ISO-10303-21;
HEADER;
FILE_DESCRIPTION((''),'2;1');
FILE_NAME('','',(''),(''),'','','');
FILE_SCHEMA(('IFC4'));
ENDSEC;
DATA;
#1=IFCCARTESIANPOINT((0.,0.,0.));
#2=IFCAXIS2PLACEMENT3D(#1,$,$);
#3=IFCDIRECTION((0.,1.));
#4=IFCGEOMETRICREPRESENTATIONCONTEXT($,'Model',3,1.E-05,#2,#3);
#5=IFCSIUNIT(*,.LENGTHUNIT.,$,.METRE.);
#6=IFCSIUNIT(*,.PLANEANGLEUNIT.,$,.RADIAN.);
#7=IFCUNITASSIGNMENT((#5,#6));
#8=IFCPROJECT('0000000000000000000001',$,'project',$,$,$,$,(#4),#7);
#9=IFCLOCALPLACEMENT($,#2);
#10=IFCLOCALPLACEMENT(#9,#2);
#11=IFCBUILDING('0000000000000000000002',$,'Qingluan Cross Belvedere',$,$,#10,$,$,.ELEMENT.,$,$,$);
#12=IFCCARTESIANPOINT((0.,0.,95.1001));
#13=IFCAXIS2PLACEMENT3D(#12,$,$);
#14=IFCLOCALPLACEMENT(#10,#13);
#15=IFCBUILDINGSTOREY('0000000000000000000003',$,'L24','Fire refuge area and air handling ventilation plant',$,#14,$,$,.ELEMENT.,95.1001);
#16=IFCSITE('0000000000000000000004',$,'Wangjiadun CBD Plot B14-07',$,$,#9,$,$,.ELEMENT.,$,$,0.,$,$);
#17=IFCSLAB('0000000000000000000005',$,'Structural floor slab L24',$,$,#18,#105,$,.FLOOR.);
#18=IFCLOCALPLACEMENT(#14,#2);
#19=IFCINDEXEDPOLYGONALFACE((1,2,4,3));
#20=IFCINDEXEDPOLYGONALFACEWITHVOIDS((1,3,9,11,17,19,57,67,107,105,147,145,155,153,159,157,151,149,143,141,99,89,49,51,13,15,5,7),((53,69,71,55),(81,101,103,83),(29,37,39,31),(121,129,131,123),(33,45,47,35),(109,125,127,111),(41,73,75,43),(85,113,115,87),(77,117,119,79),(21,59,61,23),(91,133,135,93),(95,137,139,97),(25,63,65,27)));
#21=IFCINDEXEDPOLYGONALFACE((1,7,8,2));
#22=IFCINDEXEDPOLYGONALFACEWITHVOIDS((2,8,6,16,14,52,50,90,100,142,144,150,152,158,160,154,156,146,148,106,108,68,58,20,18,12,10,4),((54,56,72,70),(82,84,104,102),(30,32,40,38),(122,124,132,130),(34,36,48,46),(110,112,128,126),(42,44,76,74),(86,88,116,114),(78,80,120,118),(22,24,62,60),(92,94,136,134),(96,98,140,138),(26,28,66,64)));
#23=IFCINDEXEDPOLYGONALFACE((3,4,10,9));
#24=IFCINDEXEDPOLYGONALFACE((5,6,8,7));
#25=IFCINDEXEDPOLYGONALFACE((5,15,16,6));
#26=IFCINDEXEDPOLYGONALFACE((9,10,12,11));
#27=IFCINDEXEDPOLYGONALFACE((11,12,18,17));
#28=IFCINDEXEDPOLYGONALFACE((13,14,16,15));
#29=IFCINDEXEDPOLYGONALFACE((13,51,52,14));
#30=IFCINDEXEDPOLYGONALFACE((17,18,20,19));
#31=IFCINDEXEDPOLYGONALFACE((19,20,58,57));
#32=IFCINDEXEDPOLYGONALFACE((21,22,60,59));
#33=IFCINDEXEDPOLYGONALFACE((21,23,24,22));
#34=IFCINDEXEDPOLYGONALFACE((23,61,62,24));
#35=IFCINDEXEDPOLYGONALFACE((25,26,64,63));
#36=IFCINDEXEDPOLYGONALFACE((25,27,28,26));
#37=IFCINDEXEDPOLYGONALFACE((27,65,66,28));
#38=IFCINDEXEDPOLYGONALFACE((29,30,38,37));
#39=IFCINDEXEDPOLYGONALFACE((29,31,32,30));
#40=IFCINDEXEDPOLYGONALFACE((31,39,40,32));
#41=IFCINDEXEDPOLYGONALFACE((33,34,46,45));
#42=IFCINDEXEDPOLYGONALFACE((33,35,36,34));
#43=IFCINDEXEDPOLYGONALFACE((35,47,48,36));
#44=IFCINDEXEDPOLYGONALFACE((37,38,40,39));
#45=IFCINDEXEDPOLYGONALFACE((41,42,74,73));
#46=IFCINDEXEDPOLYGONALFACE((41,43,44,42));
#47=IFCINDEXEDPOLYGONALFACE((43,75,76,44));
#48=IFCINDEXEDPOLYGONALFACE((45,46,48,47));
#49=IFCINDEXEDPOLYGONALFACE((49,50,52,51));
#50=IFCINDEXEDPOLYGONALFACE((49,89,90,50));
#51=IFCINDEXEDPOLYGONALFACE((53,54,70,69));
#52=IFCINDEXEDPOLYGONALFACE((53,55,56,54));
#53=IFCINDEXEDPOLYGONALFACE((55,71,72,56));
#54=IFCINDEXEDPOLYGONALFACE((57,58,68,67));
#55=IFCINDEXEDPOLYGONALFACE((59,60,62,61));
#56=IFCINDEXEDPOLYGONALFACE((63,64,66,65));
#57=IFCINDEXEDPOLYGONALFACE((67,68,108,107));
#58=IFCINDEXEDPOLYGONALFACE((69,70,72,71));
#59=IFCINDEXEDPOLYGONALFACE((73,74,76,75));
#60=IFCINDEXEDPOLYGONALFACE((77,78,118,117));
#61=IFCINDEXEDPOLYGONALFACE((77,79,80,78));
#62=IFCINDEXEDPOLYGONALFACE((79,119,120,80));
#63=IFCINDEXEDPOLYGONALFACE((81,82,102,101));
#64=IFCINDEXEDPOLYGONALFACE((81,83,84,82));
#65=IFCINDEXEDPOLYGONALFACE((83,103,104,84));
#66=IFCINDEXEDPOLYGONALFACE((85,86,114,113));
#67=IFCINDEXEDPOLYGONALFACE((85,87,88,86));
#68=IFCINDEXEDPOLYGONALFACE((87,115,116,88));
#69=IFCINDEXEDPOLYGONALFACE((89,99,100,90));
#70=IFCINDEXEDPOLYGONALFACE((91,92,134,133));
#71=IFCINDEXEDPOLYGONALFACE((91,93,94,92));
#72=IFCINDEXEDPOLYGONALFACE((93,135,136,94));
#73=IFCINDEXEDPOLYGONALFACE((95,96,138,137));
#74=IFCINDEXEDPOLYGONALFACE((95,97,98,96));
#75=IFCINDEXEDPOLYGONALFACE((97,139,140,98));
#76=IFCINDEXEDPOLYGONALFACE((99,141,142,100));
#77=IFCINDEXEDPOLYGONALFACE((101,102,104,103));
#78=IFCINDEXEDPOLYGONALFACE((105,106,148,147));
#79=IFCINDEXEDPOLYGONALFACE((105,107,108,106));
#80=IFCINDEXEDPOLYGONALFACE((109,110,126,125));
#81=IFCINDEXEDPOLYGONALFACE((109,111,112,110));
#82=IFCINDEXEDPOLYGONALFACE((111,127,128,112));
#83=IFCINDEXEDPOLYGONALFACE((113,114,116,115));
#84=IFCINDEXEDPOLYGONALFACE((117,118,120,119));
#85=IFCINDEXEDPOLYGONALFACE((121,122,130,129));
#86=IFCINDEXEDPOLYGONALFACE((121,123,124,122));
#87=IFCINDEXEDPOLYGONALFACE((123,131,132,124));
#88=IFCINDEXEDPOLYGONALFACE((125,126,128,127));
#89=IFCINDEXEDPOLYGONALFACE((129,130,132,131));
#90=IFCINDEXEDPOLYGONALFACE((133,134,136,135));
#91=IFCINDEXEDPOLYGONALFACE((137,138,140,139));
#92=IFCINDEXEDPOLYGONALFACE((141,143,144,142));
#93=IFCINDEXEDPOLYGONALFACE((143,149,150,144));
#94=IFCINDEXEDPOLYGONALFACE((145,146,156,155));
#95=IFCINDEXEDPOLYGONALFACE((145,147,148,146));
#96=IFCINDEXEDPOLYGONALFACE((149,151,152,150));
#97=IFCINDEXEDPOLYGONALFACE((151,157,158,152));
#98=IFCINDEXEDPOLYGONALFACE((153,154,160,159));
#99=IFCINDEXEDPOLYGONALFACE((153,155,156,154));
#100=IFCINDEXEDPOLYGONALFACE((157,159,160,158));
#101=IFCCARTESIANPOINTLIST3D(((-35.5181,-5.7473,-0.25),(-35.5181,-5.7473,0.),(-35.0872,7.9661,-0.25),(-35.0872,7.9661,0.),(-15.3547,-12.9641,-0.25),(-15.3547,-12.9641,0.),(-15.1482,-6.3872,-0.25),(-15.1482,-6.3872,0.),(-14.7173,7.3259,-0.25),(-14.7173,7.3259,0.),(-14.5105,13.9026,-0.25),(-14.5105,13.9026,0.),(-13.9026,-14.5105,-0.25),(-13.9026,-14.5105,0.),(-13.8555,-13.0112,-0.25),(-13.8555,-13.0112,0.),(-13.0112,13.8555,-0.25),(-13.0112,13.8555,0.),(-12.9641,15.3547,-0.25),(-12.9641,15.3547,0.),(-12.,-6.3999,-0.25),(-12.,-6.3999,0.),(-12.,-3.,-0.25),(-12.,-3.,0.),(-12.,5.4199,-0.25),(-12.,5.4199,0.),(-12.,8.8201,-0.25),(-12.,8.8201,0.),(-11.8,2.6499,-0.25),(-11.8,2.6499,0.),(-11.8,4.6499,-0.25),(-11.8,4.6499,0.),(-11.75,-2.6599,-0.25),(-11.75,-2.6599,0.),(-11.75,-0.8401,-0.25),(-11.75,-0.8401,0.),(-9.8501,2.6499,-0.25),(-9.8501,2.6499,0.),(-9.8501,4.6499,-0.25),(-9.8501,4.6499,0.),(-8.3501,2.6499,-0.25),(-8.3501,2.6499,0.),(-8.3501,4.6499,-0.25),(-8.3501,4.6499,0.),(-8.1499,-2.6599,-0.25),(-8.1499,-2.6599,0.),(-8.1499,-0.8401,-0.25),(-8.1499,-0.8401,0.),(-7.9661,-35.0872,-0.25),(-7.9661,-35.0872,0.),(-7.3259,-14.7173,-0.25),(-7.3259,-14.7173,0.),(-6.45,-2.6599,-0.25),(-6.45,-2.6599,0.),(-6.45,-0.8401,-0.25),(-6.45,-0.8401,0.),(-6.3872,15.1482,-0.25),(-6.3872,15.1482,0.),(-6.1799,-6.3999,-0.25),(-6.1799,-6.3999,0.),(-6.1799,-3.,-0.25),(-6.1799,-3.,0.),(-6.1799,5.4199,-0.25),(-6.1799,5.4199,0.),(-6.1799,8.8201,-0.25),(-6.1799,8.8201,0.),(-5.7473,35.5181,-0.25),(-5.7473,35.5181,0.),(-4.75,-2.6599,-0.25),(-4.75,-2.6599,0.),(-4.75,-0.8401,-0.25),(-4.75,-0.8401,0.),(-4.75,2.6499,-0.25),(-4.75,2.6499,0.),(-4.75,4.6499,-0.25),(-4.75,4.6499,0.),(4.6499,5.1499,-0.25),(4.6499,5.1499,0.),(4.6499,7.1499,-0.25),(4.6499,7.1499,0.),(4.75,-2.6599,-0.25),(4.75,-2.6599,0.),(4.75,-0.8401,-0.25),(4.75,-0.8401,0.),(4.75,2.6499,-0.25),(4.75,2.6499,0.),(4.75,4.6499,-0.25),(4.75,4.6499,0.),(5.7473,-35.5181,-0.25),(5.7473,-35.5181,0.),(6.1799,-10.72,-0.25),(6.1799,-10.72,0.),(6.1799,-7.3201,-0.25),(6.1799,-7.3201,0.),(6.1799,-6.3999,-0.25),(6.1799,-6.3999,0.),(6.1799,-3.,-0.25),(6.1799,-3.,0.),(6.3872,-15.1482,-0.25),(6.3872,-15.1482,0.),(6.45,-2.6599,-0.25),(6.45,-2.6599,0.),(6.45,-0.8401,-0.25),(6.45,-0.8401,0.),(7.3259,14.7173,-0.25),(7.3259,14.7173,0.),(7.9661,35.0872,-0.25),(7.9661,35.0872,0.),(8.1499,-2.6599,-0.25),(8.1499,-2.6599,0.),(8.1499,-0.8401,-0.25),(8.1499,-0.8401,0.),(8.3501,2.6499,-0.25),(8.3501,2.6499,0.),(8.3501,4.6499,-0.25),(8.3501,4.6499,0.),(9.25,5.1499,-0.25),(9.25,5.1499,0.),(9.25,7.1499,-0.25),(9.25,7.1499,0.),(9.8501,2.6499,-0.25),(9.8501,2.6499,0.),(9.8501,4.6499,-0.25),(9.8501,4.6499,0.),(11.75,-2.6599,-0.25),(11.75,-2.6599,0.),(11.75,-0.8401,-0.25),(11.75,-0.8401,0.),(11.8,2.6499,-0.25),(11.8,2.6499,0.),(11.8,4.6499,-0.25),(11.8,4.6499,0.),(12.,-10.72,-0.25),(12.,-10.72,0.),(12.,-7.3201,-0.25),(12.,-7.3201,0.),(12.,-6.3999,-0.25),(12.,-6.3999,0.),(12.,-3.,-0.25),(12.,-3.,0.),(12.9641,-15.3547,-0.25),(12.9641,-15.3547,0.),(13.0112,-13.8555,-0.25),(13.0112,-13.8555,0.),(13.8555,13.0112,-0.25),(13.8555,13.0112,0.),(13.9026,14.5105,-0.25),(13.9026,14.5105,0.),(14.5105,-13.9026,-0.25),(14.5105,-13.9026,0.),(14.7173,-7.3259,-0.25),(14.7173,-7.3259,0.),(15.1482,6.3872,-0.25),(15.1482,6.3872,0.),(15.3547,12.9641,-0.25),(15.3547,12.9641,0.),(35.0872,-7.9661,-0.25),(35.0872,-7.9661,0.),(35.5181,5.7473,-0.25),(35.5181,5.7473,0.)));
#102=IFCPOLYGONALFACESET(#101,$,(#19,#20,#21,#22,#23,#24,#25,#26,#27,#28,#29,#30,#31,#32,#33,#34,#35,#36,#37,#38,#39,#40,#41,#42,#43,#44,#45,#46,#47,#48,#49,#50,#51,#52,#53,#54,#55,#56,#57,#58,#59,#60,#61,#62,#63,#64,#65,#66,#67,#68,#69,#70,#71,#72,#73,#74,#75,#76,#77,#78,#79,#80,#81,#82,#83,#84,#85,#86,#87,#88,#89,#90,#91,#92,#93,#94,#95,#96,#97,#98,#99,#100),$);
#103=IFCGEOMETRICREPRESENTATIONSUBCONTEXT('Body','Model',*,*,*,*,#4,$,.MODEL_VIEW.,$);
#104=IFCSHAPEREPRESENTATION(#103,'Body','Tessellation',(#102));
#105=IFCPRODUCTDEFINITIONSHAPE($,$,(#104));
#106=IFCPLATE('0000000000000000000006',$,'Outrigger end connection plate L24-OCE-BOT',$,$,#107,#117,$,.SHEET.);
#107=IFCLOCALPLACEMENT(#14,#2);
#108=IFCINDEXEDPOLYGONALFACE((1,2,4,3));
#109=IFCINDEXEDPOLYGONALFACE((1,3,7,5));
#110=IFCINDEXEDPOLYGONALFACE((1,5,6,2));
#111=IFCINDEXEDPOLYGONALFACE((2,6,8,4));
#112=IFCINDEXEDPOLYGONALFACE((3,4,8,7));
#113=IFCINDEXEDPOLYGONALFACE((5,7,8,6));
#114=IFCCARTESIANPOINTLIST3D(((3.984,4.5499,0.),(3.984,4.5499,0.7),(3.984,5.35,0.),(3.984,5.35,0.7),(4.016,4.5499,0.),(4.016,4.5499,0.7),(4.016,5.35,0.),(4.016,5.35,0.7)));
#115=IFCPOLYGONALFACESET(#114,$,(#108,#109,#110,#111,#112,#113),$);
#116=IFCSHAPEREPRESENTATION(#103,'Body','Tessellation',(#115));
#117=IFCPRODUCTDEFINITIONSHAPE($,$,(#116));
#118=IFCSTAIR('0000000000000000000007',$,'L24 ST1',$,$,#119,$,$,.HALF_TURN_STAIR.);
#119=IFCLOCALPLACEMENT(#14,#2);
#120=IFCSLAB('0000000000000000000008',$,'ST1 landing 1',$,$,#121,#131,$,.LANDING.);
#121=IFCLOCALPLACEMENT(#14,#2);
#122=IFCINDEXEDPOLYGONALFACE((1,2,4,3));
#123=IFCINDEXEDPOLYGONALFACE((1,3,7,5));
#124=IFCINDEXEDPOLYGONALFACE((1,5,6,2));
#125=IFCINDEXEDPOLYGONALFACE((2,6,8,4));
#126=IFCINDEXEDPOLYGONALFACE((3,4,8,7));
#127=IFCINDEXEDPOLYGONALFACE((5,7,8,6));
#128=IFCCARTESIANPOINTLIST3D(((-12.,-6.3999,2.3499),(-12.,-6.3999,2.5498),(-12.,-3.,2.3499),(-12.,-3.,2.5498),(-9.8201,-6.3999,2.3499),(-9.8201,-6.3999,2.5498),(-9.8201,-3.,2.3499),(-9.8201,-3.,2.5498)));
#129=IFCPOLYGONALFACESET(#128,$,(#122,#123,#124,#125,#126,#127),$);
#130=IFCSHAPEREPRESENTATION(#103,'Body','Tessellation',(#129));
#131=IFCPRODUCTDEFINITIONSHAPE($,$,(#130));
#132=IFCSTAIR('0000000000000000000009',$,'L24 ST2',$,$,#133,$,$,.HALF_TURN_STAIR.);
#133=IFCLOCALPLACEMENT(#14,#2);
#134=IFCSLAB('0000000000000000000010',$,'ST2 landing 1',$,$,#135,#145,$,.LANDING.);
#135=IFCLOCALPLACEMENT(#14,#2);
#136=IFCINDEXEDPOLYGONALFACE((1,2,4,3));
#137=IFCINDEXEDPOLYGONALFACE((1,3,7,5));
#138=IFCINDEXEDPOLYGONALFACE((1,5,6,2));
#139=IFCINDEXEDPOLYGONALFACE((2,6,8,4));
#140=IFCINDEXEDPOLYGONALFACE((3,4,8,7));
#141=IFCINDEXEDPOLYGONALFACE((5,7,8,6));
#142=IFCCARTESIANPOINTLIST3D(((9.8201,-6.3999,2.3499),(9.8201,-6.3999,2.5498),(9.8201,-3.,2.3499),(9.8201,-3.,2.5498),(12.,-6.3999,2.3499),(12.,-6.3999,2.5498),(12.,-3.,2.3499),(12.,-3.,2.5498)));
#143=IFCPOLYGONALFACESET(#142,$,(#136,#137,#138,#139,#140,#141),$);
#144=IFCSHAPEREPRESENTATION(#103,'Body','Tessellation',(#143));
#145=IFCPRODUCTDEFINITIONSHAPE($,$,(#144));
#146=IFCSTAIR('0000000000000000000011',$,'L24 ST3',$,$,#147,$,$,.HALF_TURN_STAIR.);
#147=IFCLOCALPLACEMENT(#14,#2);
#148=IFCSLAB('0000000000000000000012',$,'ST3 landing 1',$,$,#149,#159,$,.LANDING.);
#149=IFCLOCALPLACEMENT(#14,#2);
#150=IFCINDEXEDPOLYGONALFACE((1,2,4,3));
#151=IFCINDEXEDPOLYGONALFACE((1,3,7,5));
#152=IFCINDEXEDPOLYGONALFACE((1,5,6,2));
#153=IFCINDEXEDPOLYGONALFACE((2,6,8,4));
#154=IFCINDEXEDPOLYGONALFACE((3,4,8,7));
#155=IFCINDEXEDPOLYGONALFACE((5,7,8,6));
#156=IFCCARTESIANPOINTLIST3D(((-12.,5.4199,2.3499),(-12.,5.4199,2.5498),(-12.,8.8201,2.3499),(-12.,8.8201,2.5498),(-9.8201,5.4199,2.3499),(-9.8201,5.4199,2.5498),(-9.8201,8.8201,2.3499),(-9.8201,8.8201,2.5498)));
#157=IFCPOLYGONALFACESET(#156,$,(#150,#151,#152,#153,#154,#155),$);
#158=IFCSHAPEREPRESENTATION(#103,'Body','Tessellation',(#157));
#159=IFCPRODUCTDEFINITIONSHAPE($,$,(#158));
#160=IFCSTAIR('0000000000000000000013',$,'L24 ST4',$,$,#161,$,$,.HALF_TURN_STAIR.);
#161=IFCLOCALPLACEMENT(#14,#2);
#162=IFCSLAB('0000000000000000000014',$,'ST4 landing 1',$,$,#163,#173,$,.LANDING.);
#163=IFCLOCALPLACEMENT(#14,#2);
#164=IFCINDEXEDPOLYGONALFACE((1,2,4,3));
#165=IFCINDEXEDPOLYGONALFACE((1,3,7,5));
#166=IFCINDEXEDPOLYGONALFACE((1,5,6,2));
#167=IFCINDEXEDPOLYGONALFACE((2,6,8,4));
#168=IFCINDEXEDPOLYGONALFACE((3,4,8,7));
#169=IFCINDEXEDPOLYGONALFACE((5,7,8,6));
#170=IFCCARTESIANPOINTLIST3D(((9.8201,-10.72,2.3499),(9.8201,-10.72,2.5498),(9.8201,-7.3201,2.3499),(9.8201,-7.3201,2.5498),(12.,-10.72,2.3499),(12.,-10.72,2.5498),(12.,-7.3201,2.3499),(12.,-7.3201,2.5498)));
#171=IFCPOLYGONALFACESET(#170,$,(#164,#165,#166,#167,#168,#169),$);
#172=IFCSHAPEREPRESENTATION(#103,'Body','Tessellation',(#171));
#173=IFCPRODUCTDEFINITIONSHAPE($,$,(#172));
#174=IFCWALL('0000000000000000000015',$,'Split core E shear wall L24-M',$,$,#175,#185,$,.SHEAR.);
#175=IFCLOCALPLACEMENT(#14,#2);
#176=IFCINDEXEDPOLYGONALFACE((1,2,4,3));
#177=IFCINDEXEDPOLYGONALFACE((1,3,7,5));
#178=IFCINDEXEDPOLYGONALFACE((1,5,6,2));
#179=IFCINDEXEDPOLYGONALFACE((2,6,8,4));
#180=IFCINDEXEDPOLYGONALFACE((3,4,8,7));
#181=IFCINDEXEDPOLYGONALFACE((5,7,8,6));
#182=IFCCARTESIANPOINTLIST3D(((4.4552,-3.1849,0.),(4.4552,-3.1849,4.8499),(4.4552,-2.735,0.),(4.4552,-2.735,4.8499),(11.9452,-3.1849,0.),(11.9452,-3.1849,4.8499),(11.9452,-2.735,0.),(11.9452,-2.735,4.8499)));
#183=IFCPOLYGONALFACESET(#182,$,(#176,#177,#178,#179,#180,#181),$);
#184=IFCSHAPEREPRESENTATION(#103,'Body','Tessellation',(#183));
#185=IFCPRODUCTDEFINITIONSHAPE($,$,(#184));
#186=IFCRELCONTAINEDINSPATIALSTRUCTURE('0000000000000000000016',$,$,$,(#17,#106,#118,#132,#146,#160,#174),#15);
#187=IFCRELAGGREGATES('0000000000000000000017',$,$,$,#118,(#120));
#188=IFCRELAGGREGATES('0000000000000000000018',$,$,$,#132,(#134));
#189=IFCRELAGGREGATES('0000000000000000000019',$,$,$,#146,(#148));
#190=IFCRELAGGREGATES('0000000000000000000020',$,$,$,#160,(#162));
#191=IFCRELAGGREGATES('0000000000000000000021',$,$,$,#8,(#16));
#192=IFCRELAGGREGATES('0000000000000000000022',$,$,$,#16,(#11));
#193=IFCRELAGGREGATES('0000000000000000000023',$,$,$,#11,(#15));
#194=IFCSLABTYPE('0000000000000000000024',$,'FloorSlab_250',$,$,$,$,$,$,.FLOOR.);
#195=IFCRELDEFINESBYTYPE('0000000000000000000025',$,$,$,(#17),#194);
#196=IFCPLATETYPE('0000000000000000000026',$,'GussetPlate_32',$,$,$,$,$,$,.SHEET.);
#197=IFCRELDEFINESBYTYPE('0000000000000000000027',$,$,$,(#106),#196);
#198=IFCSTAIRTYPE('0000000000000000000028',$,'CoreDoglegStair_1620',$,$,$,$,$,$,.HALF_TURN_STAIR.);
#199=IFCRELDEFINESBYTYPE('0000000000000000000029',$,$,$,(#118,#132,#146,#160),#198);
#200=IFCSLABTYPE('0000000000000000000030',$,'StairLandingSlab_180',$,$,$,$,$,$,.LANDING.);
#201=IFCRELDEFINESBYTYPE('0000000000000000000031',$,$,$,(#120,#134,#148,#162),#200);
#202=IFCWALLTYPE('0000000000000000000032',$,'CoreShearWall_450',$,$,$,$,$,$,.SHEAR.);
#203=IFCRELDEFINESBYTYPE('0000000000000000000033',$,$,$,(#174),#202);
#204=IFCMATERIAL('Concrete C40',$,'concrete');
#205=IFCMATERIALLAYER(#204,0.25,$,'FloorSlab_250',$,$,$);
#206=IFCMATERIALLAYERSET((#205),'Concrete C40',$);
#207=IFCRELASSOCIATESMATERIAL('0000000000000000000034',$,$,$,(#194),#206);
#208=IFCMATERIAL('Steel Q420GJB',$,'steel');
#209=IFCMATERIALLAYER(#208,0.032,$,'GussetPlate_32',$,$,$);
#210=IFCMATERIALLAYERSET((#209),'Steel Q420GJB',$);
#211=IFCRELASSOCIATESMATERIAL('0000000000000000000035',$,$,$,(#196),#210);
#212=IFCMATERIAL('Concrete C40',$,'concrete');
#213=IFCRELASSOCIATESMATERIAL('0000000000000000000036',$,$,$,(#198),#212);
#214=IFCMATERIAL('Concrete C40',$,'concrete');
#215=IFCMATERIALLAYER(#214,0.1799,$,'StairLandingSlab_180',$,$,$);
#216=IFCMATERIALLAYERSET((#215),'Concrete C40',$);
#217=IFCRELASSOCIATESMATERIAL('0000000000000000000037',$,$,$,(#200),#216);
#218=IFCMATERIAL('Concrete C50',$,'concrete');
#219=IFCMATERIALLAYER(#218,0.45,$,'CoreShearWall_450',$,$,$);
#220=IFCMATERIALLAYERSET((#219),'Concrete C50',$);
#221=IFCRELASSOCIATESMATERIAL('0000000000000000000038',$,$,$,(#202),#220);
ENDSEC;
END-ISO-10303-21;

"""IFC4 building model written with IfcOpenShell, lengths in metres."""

from ifc_helpers import new_model, si_unit, direction, frame, frame_2d, origin, origin_2d, place, context, subcontext, project, spatial, polyline, rectangle, outline, extrude, material, layer, layer_set, type_object, element, aggregate, save


model = new_model("IFC4")

# Units and contexts
model_context = context("Model", 3, precision=1e-05, world=origin(), true_north=direction((0.0, 1.0)))
body_context = subcontext(model_context, "Body", "Model", "MODEL_VIEW")
ifc_project = project(units=[si_unit("LENGTHUNIT", "METRE"), si_unit("PLANEANGLEUNIT", "RADIAN")], contexts=[model_context])

# Site, building, storey
site_placement = place(None, origin())
site = spatial("IfcSite", under=ifc_project, at=site_placement, Name="Wangjiadun CBD Plot B14-07", CompositionType="ELEMENT", RefElevation=0.0)
building_placement = place(site_placement, origin())
building = spatial("IfcBuilding", under=site, at=building_placement, Name="Qingluan Cross Belvedere", CompositionType="ELEMENT")
storey_placement = place(building_placement, frame((0.0, 0.0, 95.1001)))
storey = spatial("IfcBuildingStorey", under=building, at=storey_placement, Name="L24", Description="Fire refuge area and air handling ventilation plant", CompositionType="ELEMENT", Elevation=95.1001)

# Slab
ifc_material_1 = material(Name="Concrete C40", Category="concrete")
ifc_layer_1 = layer(ifc_material_1, 0.25, Name="FloorSlab_250")
ifc_layer_set_1 = layer_set([ifc_layer_1], Name="Concrete C40")
slab_type_1 = type_object("IfcSlabType", Name="FloorSlab_250", PredefinedType="FLOOR", material=ifc_layer_set_1)
slab_1_placement = place(storey_placement, frame((0.0, 0.0, -0.25)))
element("IfcSlab", 1, at=slab_1_placement, inside=storey, type_object=slab_type_1, Name="Structural floor slab L24", PredefinedType="FLOOR", context=body_context, shape_type="SweptSolid", body=[
    extrude(outline(polyline([(5.7473, -35.5181), (6.3872, -15.1482), (12.9641, -15.3547), (13.0112, -13.8555), (14.5105, -13.9026), (14.7173, -7.3259), (35.0872, -7.9661), (35.5181, 5.7473), (15.1482, 6.3872), (15.3547, 12.9641), (13.8555, 13.0112), (13.9026, 14.5105), (7.3259, 14.7173), (7.9661, 35.0872), (-5.7473, 35.5181), (-6.3872, 15.1482), (-12.9641, 15.3547), (-13.0112, 13.8555), (-14.5105, 13.9026), (-14.7173, 7.3259), (-35.0872, 7.9661), (-35.5181, -5.7473), (-15.1482, -6.3872), (-15.3547, -12.9641), (-13.8555, -13.0112), (-13.9026, -14.5105), (-7.3259, -14.7173), (-7.9661, -35.0872), (5.7473, -35.5181)]), holes=[polyline([(-12.0, -3.0), (-6.1799, -3.0), (-6.1799, -6.3999), (-12.0, -6.3999), (-12.0, -3.0)]), polyline([(6.1799, -3.0), (12.0, -3.0), (12.0, -6.3999), (6.1799, -6.3999), (6.1799, -3.0)]), polyline([(-12.0, 8.8201), (-6.1799, 8.8201), (-6.1799, 5.4199), (-12.0, 5.4199), (-12.0, 8.8201)]), polyline([(6.1799, -7.3201), (12.0, -7.3201), (12.0, -10.72), (6.1799, -10.72), (6.1799, -7.3201)]), polyline([(-11.8, 4.6499), (-9.8501, 4.6499), (-9.8501, 2.6499), (-11.8, 2.6499), (-11.8, 4.6499)]), polyline([(-8.3501, 4.6499), (-4.75, 4.6499), (-4.75, 2.6499), (-8.3501, 2.6499), (-8.3501, 4.6499)]), polyline([(4.75, 4.6499), (8.3501, 4.6499), (8.3501, 2.6499), (4.75, 2.6499), (4.75, 4.6499)]), polyline([(9.8501, 4.6499), (11.8, 4.6499), (11.8, 2.6499), (9.8501, 2.6499), (9.8501, 4.6499)]), polyline([(-11.75, -0.8401), (-8.1499, -0.8401), (-8.1499, -2.6599), (-11.75, -2.6599), (-11.75, -0.8401)]), polyline([(-6.45, -0.8401), (-4.75, -0.8401), (-4.75, -2.6599), (-6.45, -2.6599), (-6.45, -0.8401)]), polyline([(4.75, -0.8401), (6.45, -0.8401), (6.45, -2.6599), (4.75, -2.6599), (4.75, -0.8401)]), polyline([(8.1499, -0.8401), (11.75, -0.8401), (11.75, -2.6599), (8.1499, -2.6599), (8.1499, -0.8401)]), polyline([(4.6499, 7.1499), (9.25, 7.1499), (9.25, 5.1499), (4.6499, 5.1499), (4.6499, 7.1499)])]), origin(), (0.0, 0.0, 1.0), 0.25),
])

# Plate
ifc_material_2 = material(Name="Steel Q420GJB", Category="steel")
ifc_layer_2 = layer(ifc_material_2, 0.032, Name="GussetPlate_32")
ifc_layer_set_2 = layer_set([ifc_layer_2], Name="Steel Q420GJB")
plate_type = type_object("IfcPlateType", Name="GussetPlate_32", PredefinedType="SHEET", material=ifc_layer_set_2)
plate_placement = place(storey_placement, frame((4.0, 4.95, 0.0), z_axis=(0.0, 0.0, 1.0), x_axis=(0.0, 1.0, 0.0)))
element("IfcPlate", 2, at=plate_placement, inside=storey, type_object=plate_type, Name="Outrigger end connection plate L24-OCE-BOT", PredefinedType="SHEET", context=body_context, shape_type="SweptSolid", body=[
    extrude(rectangle(XDim=0.8, YDim=0.032, at=origin_2d()), origin(), (0.0, 0.0, 1.0), 0.7),
])

# Stairs, slabs
ifc_material_3 = material(Name="Concrete C40", Category="concrete")
stair_type = type_object("IfcStairType", Name="CoreDoglegStair_1620", PredefinedType="HALF_TURN_STAIR", material=ifc_material_3)
stair_1_placement = place(storey_placement, origin())
stair_1 = element("IfcStair", 3, at=stair_1_placement, inside=storey, type_object=stair_type, Name="L24 ST1", PredefinedType="HALF_TURN_STAIR")
ifc_material_4 = material(Name="Concrete C40", Category="concrete")
ifc_layer_3 = layer(ifc_material_4, 0.1799, Name="StairLandingSlab_180")
ifc_layer_set_3 = layer_set([ifc_layer_3], Name="Concrete C40")
slab_type_2 = type_object("IfcSlabType", Name="StairLandingSlab_180", PredefinedType="LANDING", material=ifc_layer_set_3)
slab_2_placement = place(storey_placement, frame((0.0, 0.0, 2.3499)))
slab_2 = element("IfcSlab", 4, at=slab_2_placement, type_object=slab_type_2, Name="ST1 landing 1", PredefinedType="LANDING", context=body_context, shape_type="SweptSolid", body=[
    extrude(outline(polyline([(-9.8201, -3.0), (-12.0, -3.0), (-12.0, -6.3999), (-9.8201, -6.3999), (-9.8201, -3.0)])), origin(), (0.0, 0.0, 1.0), 0.2),
])
aggregate(stair_1, [slab_2])
stair_2_placement = place(storey_placement, origin())
stair_2 = element("IfcStair", 5, at=stair_2_placement, inside=storey, type_object=stair_type, Name="L24 ST2", PredefinedType="HALF_TURN_STAIR")
slab_3_placement = place(storey_placement, frame((0.0, 0.0, 2.3499)))
slab_3 = element("IfcSlab", 6, at=slab_3_placement, type_object=slab_type_2, Name="ST2 landing 1", PredefinedType="LANDING", context=body_context, shape_type="SweptSolid", body=[
    extrude(outline(polyline([(9.8201, -6.3999), (12.0, -6.3999), (12.0, -3.0), (9.8201, -3.0), (9.8201, -6.3999)])), origin(), (0.0, 0.0, 1.0), 0.2),
])
aggregate(stair_2, [slab_3])
stair_3_placement = place(storey_placement, origin())
stair_3 = element("IfcStair", 7, at=stair_3_placement, inside=storey, type_object=stair_type, Name="L24 ST3", PredefinedType="HALF_TURN_STAIR")
slab_4_placement = place(storey_placement, frame((0.0, 0.0, 2.3499)))
slab_4 = element("IfcSlab", 8, at=slab_4_placement, type_object=slab_type_2, Name="ST3 landing 1", PredefinedType="LANDING", context=body_context, shape_type="SweptSolid", body=[
    extrude(outline(polyline([(-9.8201, 8.8201), (-12.0, 8.8201), (-12.0, 5.4199), (-9.8201, 5.4199), (-9.8201, 8.8201)])), origin(), (0.0, 0.0, 1.0), 0.2),
])
aggregate(stair_3, [slab_4])
stair_4_placement = place(storey_placement, origin())
stair_4 = element("IfcStair", 9, at=stair_4_placement, inside=storey, type_object=stair_type, Name="L24 ST4", PredefinedType="HALF_TURN_STAIR")
slab_5_placement = place(storey_placement, frame((0.0, 0.0, 2.3499)))
slab_5 = element("IfcSlab", 10, at=slab_5_placement, type_object=slab_type_2, Name="ST4 landing 1", PredefinedType="LANDING", context=body_context, shape_type="SweptSolid", body=[
    extrude(outline(polyline([(9.8201, -10.72), (12.0, -10.72), (12.0, -7.3201), (9.8201, -7.3201), (9.8201, -10.72)])), origin(), (0.0, 0.0, 1.0), 0.2),
])
aggregate(stair_4, [slab_5])

# Wall
ifc_material_5 = material(Name="Concrete C50", Category="concrete")
ifc_layer_4 = layer(ifc_material_5, 0.45, Name="CoreShearWall_450")
ifc_layer_set_4 = layer_set([ifc_layer_4], Name="Concrete C50")
wall_type_1 = type_object("IfcWallType", Name="CoreShearWall_450", PredefinedType="SHEAR", material=ifc_layer_set_4)
wall_1_placement = place(storey_placement, frame((4.4551, -2.96, 0.0), z_axis=(0.0, 0.0, 1.0), x_axis=(1.0, 0.0, 0.0)))
element("IfcWall", 11, at=wall_1_placement, inside=storey, type_object=wall_type_1, Name="Split core E shear wall L24-M", PredefinedType="SHEAR", context=body_context, shape_type="SweptSolid", body=[
    extrude(rectangle(XDim=7.49, YDim=0.45, at=frame_2d((3.7451, 0.0))), origin(), (0.0, 0.0, 1.0), 4.8499),
])

save(model, "model.ifc")
